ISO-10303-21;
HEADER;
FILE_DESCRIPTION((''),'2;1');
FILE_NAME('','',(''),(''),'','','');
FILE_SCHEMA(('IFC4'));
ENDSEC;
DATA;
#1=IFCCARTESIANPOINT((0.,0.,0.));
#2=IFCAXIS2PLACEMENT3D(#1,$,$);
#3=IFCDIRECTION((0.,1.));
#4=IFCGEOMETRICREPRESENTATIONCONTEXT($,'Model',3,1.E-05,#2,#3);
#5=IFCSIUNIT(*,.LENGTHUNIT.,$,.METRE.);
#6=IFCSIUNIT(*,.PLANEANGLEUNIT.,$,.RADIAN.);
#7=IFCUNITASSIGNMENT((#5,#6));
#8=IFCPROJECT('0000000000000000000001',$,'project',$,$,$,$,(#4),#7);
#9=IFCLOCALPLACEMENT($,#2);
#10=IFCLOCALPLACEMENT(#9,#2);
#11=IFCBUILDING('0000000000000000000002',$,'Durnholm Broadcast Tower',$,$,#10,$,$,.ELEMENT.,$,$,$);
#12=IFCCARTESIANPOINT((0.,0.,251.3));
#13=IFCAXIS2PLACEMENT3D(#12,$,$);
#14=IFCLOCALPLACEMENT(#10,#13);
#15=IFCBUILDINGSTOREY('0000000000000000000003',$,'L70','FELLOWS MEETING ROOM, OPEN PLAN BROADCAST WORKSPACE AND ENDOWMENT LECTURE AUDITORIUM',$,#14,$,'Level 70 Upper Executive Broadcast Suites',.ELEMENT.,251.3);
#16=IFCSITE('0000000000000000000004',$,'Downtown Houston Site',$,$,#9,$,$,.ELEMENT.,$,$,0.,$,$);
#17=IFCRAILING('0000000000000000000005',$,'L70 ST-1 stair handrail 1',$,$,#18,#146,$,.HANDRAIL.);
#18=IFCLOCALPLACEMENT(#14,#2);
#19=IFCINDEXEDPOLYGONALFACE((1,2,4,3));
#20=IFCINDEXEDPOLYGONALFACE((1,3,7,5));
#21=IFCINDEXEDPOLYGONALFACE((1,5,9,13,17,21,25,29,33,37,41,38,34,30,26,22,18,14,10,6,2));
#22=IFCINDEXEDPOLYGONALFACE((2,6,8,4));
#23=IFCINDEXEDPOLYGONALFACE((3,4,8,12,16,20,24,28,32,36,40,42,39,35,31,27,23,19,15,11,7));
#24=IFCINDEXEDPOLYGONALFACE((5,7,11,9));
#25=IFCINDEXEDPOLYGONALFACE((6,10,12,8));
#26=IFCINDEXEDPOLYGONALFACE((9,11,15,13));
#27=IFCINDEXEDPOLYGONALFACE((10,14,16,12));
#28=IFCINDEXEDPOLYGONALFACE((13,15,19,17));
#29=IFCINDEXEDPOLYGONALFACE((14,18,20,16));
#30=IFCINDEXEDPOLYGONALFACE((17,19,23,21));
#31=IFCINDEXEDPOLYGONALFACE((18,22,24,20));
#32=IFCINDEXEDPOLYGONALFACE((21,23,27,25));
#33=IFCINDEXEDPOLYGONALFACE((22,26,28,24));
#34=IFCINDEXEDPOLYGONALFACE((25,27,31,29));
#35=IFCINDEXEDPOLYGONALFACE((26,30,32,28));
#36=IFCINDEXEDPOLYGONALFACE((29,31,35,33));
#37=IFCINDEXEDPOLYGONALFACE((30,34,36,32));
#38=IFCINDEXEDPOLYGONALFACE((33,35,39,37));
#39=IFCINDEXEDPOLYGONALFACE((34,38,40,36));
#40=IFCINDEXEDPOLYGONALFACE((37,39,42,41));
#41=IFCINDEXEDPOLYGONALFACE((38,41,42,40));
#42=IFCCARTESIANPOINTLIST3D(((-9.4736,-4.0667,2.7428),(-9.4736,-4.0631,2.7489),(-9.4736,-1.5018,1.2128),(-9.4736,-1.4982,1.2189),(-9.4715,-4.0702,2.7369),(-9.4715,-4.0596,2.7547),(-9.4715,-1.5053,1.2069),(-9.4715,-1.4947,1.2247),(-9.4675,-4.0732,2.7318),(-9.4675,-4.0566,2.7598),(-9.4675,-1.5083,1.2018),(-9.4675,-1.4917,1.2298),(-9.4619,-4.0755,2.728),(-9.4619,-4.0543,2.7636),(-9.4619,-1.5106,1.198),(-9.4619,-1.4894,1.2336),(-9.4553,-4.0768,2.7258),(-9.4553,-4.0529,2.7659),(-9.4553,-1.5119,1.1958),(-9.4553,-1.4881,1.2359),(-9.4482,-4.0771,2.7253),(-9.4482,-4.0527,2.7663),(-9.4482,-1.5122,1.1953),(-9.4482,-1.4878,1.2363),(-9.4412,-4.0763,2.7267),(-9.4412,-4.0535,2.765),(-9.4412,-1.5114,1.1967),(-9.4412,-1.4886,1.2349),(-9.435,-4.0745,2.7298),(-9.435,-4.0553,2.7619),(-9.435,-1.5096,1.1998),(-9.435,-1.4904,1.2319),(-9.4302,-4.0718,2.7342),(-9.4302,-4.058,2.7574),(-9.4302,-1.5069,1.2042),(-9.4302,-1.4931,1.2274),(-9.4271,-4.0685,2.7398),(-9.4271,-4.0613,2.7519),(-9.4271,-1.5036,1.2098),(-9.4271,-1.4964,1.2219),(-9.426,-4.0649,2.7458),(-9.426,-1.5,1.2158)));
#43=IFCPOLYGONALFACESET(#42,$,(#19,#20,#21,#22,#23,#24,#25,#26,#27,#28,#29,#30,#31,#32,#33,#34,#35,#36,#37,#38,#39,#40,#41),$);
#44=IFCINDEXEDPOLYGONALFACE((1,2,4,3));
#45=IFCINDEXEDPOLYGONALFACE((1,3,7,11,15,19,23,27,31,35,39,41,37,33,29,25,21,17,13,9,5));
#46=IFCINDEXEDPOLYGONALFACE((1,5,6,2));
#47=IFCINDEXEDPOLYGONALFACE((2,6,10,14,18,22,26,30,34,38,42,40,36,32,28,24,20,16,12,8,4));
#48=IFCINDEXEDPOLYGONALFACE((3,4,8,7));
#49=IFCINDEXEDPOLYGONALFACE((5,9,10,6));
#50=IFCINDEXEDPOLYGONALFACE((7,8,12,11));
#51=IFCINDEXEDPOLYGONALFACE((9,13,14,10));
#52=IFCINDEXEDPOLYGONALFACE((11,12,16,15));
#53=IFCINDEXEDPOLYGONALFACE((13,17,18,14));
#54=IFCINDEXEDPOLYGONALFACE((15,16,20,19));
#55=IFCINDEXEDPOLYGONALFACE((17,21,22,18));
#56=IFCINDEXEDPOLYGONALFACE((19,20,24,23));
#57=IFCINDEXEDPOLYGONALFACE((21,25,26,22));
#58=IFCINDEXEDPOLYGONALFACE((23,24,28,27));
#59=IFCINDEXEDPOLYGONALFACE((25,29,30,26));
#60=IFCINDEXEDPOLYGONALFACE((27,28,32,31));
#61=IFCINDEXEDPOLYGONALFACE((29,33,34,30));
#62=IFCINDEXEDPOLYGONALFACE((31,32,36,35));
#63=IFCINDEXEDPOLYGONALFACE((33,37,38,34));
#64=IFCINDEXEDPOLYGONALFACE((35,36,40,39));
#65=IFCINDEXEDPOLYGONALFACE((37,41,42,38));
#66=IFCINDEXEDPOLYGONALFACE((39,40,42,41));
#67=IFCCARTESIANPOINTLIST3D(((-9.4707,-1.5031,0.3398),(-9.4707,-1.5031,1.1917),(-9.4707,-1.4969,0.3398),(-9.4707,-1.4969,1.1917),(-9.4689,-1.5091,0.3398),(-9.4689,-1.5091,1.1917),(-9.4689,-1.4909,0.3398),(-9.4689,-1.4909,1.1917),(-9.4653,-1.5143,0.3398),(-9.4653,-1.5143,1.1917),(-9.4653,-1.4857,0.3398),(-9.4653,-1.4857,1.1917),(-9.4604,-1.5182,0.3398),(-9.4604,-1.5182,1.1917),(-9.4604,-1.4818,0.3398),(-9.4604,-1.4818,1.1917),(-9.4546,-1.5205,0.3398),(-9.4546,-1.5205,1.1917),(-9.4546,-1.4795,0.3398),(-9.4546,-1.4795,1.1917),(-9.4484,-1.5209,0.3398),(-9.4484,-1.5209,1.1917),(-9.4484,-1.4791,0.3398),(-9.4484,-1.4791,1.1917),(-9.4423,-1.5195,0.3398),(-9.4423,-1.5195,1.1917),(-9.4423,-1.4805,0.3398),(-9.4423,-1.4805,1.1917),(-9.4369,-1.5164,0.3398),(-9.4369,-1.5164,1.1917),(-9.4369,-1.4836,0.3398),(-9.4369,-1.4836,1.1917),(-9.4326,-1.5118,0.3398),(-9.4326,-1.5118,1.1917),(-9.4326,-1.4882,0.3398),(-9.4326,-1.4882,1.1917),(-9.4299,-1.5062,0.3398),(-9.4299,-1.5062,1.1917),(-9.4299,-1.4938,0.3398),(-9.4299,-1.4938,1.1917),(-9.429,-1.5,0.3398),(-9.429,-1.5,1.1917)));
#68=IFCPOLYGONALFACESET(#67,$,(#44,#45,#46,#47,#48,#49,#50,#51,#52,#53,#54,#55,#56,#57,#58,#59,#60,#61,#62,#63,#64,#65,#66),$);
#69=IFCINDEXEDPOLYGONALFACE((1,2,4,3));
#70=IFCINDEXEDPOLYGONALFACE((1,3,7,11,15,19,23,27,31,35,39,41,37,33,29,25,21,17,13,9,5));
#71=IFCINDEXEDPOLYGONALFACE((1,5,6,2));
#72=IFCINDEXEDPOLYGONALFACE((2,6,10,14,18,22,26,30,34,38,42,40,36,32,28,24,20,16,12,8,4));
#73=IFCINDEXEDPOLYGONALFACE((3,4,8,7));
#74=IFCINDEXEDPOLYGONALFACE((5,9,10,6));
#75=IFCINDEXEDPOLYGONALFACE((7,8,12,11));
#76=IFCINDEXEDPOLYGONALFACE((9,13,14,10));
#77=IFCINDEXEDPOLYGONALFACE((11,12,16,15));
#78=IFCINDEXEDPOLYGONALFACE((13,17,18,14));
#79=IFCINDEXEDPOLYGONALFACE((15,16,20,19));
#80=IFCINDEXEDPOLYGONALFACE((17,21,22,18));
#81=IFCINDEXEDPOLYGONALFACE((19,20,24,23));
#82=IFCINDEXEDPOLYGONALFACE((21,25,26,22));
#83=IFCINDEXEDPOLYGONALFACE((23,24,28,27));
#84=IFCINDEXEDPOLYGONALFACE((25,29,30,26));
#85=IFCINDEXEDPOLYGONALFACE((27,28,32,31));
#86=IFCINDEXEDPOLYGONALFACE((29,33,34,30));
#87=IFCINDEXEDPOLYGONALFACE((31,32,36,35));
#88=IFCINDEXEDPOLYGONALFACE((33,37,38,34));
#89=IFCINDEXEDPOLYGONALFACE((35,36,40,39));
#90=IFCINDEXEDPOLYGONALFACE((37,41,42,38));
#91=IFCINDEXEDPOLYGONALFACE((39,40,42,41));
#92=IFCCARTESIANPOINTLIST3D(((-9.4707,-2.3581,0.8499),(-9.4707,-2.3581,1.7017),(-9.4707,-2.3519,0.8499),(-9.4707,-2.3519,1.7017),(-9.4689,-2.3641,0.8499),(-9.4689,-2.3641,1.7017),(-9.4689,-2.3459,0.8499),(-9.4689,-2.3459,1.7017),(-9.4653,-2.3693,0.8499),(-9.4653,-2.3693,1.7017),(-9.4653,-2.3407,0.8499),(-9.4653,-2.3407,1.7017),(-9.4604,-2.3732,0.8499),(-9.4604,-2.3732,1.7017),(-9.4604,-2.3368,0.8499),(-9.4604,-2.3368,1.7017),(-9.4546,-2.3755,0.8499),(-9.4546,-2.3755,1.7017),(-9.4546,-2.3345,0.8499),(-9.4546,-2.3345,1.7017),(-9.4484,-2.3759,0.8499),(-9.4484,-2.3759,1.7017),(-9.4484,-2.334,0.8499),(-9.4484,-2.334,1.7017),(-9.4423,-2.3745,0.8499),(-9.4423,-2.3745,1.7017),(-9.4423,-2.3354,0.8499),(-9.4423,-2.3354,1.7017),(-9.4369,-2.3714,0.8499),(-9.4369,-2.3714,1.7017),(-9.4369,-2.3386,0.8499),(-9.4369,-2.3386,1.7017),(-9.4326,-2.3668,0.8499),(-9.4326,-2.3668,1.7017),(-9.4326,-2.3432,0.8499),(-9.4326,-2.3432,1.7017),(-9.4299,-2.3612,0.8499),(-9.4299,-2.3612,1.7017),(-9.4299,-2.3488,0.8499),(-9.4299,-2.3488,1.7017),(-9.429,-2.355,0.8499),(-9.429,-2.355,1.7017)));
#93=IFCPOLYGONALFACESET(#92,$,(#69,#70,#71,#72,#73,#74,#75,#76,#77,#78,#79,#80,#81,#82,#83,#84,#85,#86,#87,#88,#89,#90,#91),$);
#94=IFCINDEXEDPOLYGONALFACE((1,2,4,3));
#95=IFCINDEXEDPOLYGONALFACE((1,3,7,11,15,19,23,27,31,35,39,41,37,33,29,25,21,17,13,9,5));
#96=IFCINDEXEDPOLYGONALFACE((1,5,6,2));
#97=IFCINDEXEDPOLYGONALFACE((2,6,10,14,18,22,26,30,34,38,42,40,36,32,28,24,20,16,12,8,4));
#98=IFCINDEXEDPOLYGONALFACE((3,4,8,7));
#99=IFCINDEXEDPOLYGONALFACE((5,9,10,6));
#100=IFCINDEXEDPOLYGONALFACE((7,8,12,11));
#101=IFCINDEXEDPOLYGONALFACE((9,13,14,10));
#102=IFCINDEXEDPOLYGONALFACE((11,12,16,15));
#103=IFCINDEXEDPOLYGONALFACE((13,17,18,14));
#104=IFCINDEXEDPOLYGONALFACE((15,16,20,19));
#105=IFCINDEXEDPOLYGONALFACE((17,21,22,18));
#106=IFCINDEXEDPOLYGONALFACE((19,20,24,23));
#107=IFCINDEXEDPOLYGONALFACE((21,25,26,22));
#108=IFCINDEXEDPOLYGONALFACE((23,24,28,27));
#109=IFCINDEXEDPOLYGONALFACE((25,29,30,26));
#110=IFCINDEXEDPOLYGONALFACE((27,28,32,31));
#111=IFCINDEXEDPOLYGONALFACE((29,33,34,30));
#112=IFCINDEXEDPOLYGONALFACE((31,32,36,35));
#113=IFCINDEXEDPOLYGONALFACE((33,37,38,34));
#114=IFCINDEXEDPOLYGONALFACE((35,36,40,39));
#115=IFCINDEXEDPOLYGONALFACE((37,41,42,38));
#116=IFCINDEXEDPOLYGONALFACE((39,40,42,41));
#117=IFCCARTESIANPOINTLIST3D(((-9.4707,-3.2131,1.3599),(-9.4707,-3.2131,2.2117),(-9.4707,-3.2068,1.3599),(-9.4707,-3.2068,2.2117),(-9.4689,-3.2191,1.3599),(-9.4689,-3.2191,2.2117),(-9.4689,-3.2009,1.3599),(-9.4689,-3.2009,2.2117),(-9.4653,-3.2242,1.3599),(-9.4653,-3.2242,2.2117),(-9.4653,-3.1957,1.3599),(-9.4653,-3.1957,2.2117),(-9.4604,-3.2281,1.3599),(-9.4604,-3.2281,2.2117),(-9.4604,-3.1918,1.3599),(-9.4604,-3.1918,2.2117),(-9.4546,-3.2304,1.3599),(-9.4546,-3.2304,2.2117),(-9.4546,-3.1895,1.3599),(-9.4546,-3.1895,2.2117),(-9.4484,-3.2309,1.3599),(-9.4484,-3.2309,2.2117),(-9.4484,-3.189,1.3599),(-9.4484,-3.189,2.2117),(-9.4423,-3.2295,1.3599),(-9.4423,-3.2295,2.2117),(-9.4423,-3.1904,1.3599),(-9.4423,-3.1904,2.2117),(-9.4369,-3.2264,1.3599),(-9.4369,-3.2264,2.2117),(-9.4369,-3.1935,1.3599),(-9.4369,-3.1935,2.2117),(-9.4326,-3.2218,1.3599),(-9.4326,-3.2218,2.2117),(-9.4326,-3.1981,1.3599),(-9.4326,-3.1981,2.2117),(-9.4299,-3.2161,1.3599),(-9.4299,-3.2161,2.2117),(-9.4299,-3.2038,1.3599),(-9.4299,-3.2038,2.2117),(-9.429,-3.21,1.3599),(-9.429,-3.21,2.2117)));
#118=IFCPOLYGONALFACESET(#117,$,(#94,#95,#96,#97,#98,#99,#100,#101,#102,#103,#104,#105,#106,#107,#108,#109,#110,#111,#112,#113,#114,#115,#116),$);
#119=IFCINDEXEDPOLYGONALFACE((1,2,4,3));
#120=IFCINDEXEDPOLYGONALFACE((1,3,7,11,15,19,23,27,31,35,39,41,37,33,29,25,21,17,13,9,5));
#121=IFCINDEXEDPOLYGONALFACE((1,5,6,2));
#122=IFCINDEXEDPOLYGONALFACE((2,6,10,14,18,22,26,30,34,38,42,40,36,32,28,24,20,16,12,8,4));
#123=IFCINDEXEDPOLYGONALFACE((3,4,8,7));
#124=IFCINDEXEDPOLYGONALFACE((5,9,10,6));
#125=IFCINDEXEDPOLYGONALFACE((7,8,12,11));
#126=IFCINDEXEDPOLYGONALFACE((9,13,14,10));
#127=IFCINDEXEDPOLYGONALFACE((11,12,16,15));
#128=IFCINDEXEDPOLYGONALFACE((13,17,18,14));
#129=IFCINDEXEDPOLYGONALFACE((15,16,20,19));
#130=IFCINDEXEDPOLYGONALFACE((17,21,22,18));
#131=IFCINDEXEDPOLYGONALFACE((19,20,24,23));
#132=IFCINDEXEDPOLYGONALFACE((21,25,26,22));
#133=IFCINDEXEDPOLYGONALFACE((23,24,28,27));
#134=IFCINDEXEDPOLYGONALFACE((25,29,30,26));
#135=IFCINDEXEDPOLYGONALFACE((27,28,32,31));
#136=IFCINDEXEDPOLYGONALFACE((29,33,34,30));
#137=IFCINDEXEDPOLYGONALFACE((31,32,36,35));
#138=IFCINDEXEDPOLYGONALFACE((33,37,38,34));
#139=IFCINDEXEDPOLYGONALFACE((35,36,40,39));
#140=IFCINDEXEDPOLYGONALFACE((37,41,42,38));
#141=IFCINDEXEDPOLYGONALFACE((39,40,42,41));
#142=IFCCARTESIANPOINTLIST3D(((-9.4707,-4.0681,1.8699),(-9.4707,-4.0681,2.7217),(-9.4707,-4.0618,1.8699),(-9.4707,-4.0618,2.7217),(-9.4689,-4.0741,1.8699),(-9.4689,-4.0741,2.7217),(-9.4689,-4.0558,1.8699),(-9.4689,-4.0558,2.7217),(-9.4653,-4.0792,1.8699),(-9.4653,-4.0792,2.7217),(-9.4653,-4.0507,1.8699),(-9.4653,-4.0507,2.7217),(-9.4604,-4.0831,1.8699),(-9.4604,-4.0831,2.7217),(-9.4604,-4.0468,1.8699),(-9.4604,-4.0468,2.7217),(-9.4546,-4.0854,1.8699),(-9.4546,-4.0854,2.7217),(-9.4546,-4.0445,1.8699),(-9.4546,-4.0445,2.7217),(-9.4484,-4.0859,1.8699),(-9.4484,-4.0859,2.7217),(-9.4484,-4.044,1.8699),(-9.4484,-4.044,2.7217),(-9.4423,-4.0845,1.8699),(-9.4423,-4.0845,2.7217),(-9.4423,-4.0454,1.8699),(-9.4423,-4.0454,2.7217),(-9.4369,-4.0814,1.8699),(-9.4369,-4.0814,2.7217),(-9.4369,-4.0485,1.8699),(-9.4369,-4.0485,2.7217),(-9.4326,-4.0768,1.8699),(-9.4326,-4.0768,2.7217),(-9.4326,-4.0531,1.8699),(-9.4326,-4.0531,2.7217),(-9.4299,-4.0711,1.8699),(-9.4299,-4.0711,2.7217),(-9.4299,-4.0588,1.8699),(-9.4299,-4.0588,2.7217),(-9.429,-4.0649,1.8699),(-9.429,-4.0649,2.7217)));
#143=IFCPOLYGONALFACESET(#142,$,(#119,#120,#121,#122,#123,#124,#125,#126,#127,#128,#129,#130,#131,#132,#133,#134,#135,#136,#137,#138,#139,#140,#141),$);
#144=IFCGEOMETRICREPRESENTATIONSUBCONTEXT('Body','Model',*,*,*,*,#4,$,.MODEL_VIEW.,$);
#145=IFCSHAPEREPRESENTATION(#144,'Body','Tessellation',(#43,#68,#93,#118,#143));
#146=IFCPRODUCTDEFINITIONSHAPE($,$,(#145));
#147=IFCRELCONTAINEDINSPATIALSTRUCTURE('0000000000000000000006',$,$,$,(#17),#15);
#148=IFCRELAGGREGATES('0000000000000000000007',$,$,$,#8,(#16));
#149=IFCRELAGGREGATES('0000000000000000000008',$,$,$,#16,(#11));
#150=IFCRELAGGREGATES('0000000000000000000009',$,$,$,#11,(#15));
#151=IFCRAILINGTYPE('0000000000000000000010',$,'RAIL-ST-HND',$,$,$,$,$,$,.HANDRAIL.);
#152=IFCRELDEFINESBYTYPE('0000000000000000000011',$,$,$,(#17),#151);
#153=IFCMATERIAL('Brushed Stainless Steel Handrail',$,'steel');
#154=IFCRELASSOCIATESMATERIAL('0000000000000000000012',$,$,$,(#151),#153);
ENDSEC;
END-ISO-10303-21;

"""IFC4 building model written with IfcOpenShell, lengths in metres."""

from ifc_helpers import new_model, si_unit, direction, frame, origin, origin_2d, place, context, subcontext, project, spatial, circle, extrude, material, type_object, element, save


model = new_model("IFC4")

# Units and contexts
model_context = context("Model", 3, precision=1e-05, world=origin(), true_north=direction((0.0, 1.0)))
body_context = subcontext(model_context, "Body", "Model", "MODEL_VIEW")
ifc_project = project(units=[si_unit("LENGTHUNIT", "METRE"), si_unit("PLANEANGLEUNIT", "RADIAN")], contexts=[model_context])

# Site, building, storey
site_placement = place(None, origin())
site = spatial("IfcSite", under=ifc_project, at=site_placement, Name="Downtown Houston Site", CompositionType="ELEMENT", RefElevation=0.0)
building_placement = place(site_placement, origin())
building = spatial("IfcBuilding", under=site, at=building_placement, Name="Durnholm Broadcast Tower", CompositionType="ELEMENT")
storey_placement = place(building_placement, frame((0.0, 0.0, 251.3)))
storey = spatial("IfcBuildingStorey", under=building, at=storey_placement, Name="L70", Description="FELLOWS MEETING ROOM, OPEN PLAN BROADCAST WORKSPACE AND ENDOWMENT LECTURE AUDITORIUM", LongName="Level 70 Upper Executive Broadcast Suites", CompositionType="ELEMENT", Elevation=251.3)

# Railing
ifc_material_1 = material(Name="Brushed Stainless Steel Handrail", Category="steel")
railing_type_1 = type_object("IfcRailingType", Name="RAIL-ST-HND", PredefinedType="HANDRAIL", material=ifc_material_1)
railing_1_placement = place(storey_placement, frame((-9.45, -1.5, 0.3398)))
element("IfcRailing", 1, at=railing_1_placement, inside=storey, type_object=railing_type_1, Name="L70 ST-1 stair handrail 1", PredefinedType="HANDRAIL", context=body_context, shape_type="SweptSolid", body=[
    extrude(circle(Radius=0.0239, at=origin_2d()), frame((0.0, 0.0, 0.876), z_axis=(0.0, -0.85881, 0.512294), x_axis=(1.0, 0.0, 0.0)), (0.0, 0.0, 1.0), 2.9866),
    extrude(circle(Radius=0.021, at=origin_2d()), origin(), (0.0, 0.0, 1.0), 0.8518),
    extrude(circle(Radius=0.021, at=origin_2d()), frame((0.0, -0.855, 0.51)), (0.0, 0.0, 1.0), 0.8518),
    extrude(circle(Radius=0.021, at=origin_2d()), frame((0.0, -1.71, 1.02)), (0.0, 0.0, 1.0), 0.8518),
    extrude(circle(Radius=0.021, at=origin_2d()), frame((0.0, -2.5649, 1.53)), (0.0, 0.0, 1.0), 0.8518),
])

save(model, "model.ifc")
